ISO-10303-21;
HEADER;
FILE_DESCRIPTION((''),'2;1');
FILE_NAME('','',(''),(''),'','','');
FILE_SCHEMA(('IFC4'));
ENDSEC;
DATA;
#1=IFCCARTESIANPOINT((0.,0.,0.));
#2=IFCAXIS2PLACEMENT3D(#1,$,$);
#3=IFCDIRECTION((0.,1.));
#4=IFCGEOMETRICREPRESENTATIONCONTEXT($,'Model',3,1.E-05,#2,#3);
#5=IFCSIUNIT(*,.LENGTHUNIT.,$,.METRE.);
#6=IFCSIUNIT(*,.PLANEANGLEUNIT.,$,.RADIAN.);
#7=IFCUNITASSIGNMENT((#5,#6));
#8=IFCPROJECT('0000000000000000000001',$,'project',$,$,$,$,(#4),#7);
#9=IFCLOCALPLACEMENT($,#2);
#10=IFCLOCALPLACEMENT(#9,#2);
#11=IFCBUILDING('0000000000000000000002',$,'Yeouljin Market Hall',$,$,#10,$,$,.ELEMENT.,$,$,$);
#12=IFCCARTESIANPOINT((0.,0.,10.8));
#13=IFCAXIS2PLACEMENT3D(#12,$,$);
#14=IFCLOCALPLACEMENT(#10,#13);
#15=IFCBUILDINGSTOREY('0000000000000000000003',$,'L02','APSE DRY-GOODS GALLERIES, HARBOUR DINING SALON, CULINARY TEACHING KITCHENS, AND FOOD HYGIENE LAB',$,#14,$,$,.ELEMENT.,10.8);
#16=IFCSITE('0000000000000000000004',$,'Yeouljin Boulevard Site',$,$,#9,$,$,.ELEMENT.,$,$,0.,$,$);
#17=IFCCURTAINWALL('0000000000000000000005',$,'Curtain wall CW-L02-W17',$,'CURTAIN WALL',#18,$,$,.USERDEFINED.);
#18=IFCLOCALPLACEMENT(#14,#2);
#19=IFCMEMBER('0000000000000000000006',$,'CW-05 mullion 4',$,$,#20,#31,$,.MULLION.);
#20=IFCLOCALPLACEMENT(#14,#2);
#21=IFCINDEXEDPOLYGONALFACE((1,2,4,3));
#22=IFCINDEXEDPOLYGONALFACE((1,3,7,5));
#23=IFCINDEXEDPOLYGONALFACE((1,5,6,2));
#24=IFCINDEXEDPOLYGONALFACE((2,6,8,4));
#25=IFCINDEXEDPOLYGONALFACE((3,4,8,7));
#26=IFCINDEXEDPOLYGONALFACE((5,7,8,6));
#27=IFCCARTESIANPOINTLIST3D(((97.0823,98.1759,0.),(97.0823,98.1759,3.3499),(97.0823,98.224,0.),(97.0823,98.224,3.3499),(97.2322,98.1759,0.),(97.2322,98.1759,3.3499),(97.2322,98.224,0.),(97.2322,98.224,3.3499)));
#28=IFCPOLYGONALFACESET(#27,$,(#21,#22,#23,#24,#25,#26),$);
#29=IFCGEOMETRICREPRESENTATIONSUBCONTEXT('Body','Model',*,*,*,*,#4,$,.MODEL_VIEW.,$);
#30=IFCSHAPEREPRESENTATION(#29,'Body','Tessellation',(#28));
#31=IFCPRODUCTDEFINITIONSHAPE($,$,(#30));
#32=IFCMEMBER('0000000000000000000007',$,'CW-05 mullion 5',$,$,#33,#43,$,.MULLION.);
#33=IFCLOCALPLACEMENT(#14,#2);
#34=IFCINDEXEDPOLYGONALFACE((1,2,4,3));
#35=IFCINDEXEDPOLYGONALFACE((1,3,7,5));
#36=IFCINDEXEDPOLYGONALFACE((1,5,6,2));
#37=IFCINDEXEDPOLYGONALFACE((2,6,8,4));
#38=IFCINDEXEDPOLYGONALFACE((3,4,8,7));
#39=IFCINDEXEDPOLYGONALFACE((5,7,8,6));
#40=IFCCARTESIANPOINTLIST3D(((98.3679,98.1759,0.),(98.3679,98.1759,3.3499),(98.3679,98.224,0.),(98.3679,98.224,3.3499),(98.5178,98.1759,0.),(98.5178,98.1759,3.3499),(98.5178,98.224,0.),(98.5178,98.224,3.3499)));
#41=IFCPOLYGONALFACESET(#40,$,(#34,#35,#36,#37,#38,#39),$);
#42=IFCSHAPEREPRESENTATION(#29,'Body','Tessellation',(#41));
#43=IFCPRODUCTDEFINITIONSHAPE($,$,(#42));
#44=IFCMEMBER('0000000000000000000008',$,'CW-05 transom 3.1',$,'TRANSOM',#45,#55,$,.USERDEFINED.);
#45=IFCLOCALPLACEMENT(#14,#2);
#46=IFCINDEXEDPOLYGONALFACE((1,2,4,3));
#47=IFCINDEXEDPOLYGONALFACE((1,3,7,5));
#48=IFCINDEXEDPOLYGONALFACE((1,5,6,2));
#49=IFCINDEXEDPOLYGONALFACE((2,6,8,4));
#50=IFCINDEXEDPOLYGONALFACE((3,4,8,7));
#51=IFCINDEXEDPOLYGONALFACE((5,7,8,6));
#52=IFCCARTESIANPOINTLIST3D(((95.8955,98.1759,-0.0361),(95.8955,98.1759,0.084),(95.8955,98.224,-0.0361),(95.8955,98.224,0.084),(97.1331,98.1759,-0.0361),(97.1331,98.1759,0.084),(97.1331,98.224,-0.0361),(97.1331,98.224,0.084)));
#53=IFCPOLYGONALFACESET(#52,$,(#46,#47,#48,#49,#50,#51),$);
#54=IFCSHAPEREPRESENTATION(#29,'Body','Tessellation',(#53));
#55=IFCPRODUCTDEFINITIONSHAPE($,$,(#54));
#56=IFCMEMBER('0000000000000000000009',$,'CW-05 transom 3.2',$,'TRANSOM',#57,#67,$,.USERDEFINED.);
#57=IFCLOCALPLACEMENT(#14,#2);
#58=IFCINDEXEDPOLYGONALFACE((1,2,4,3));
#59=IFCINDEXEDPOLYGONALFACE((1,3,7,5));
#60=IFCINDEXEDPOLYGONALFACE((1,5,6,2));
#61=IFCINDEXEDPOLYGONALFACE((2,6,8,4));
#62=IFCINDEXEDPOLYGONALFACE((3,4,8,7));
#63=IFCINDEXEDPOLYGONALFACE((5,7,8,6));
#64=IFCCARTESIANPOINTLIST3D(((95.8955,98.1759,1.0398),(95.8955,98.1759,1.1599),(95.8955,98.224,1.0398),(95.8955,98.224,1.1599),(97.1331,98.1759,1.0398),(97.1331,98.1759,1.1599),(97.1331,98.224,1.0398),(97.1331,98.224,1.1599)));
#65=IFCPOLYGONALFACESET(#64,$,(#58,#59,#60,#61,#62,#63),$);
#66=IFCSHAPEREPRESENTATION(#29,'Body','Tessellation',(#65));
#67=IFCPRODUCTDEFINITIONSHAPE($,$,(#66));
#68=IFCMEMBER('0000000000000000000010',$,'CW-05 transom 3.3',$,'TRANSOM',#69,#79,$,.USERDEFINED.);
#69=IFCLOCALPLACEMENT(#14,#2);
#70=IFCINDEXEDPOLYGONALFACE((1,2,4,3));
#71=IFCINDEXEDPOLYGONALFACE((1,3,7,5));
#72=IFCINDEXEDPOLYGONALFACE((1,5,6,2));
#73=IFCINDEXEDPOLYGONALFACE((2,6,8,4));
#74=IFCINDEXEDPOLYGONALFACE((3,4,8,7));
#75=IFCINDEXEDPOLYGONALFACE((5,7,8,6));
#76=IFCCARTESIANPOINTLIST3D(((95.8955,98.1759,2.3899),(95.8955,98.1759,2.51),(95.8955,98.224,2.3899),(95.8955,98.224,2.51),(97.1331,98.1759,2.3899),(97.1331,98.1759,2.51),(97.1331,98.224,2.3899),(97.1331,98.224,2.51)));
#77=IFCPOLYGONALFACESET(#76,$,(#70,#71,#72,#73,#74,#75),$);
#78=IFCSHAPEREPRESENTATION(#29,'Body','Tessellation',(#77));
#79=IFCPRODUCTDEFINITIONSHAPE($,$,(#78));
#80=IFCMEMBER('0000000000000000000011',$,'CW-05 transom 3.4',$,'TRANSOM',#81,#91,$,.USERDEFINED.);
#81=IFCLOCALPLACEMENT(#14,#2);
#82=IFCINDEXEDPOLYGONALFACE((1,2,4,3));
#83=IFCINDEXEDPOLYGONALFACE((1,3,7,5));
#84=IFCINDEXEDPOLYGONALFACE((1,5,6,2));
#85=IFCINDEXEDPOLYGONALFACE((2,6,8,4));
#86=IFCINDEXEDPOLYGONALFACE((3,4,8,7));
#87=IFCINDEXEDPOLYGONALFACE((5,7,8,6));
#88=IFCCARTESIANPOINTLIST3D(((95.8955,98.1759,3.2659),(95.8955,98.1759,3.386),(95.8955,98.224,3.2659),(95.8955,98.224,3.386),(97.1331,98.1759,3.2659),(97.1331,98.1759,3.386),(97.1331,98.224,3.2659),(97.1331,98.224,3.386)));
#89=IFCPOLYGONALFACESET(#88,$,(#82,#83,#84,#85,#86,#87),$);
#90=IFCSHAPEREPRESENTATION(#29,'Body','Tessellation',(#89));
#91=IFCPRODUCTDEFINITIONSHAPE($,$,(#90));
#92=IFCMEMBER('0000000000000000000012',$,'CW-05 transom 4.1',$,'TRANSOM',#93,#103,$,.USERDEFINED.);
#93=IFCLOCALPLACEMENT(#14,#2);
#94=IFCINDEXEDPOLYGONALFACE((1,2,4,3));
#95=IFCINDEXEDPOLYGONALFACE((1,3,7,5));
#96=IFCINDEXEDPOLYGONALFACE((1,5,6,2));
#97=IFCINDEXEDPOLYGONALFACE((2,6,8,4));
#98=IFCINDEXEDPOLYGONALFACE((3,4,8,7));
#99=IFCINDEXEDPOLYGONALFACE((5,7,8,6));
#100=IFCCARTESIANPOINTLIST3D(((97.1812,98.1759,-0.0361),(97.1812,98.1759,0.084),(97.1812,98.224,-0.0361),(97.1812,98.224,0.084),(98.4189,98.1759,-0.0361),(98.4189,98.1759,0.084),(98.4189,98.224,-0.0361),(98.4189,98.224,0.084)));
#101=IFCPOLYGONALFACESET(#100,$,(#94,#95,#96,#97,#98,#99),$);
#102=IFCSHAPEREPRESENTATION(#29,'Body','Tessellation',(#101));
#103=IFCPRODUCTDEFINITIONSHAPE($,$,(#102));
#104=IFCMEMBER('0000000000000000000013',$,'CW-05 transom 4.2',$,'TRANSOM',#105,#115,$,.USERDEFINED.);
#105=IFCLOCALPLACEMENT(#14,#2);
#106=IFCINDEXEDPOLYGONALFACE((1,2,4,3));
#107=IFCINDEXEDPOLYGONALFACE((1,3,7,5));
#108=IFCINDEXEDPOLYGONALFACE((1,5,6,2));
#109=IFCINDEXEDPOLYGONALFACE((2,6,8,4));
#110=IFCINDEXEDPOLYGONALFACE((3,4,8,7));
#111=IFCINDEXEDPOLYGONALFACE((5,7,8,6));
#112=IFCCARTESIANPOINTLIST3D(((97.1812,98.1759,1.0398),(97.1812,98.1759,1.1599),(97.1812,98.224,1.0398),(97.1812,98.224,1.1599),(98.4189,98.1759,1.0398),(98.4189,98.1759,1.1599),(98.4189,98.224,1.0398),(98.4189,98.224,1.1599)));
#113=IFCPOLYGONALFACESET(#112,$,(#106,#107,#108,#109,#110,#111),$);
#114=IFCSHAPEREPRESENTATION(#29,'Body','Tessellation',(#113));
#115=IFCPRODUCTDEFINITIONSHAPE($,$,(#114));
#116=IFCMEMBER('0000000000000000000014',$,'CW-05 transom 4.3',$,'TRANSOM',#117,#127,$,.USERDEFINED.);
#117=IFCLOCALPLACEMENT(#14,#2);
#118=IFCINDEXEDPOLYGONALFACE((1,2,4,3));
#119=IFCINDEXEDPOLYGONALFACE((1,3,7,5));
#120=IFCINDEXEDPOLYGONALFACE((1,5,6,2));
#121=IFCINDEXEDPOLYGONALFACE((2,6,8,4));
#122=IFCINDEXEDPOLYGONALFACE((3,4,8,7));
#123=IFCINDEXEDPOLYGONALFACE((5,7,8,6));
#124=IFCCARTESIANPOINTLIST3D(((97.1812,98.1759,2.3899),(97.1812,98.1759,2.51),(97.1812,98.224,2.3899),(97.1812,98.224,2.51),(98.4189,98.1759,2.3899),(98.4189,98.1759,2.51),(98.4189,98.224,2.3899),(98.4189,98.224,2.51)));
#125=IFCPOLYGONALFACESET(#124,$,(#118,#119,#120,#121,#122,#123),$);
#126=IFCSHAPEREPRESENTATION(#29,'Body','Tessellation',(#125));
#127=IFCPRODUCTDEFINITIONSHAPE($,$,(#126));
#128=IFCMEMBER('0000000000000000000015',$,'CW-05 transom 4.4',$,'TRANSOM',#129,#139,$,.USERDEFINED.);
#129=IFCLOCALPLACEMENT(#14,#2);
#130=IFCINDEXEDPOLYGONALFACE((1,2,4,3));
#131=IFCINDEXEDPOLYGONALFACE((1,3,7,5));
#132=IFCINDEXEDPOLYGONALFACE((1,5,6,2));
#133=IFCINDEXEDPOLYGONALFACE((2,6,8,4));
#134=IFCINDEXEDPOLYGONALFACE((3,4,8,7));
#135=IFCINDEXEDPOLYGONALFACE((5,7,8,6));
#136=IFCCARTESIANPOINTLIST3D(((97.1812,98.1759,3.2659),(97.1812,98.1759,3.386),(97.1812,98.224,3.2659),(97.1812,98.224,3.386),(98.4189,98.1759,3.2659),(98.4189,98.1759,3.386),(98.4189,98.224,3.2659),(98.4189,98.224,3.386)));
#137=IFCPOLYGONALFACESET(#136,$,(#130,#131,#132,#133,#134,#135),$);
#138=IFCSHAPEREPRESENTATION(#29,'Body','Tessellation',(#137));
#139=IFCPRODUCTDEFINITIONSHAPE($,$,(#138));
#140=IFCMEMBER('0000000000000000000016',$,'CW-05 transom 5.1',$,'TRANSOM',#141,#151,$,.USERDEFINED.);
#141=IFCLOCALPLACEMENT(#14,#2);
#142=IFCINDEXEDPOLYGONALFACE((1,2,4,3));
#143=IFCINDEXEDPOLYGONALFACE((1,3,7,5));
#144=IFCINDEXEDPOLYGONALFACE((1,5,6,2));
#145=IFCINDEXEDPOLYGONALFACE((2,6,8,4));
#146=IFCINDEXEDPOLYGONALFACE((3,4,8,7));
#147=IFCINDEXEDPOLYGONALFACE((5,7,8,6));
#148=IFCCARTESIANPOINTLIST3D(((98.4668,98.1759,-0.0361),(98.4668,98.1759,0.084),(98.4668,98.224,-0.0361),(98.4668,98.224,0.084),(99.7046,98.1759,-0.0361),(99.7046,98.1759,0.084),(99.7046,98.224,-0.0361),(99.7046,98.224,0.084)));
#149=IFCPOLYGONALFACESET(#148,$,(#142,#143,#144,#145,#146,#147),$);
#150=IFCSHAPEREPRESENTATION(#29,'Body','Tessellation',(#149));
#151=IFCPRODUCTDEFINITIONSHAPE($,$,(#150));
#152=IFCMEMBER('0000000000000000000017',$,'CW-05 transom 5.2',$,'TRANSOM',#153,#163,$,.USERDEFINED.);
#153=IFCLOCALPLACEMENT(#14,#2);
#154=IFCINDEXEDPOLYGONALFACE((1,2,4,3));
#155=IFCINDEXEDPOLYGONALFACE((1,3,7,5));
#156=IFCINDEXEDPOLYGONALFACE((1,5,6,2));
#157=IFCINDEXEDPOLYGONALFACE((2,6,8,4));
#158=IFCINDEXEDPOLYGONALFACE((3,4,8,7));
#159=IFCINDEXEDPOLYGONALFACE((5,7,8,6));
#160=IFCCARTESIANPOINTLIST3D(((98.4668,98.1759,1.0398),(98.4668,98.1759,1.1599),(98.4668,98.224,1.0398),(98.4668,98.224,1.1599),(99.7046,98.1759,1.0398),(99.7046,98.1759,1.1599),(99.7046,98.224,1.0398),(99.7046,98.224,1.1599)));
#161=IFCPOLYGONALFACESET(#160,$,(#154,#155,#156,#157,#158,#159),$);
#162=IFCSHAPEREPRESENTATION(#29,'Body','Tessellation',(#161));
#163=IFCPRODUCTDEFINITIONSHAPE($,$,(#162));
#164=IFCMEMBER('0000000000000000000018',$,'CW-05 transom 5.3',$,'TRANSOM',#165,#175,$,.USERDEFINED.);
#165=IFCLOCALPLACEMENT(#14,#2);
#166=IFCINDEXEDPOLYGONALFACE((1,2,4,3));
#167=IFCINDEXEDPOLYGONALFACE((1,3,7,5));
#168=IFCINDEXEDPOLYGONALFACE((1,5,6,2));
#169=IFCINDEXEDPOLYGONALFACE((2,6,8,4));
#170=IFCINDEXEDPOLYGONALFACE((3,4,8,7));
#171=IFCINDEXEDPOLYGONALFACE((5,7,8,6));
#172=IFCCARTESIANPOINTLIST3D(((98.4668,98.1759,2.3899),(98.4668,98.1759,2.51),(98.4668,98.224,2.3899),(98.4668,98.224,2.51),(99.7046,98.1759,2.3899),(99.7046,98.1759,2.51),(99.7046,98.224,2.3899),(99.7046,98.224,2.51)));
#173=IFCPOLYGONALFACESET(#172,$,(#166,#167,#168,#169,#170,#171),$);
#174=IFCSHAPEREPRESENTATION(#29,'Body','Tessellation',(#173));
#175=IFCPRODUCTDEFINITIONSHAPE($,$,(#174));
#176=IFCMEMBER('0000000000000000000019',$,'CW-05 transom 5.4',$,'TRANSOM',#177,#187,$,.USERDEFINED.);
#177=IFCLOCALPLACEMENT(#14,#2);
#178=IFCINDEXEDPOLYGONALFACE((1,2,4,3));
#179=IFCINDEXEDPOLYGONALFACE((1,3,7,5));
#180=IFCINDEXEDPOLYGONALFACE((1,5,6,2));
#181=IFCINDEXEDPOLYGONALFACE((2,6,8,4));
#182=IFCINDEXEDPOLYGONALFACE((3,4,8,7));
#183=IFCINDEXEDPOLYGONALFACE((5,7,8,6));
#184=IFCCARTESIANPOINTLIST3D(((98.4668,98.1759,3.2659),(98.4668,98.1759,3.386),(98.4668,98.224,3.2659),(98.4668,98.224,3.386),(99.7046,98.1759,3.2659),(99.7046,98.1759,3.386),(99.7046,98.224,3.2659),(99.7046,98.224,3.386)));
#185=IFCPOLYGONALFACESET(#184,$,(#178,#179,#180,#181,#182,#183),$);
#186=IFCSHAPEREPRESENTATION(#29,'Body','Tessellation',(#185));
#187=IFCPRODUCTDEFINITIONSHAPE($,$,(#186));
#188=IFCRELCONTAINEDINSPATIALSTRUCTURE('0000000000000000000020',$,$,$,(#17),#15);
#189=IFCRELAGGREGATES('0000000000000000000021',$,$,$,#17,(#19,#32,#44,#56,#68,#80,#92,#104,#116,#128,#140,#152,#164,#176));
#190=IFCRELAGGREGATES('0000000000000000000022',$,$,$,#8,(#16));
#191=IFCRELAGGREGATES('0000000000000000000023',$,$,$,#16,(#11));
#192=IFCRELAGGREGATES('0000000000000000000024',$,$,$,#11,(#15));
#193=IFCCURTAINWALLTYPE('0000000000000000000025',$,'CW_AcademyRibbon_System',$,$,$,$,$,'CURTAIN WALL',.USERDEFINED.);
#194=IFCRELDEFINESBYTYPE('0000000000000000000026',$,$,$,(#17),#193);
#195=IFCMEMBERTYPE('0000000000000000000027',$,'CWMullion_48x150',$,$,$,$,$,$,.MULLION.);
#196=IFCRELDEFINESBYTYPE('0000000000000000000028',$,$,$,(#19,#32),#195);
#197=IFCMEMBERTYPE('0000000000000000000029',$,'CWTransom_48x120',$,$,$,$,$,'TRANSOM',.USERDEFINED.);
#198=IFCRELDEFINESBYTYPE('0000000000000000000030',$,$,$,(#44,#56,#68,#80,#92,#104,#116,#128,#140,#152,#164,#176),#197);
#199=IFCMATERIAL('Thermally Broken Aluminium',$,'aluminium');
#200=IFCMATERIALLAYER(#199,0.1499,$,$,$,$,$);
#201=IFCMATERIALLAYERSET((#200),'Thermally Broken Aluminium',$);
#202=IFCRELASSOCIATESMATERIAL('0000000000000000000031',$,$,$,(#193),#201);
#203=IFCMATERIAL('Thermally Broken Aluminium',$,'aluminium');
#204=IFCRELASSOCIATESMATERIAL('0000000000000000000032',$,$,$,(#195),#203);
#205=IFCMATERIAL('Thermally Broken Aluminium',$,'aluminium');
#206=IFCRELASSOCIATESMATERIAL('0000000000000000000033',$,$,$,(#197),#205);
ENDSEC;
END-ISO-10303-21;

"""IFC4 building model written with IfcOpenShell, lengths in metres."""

from ifc_helpers import new_model, si_unit, direction, frame, origin, origin_2d, place, context, subcontext, project, spatial, rectangle, extrude, material, layer, layer_set, material_profile, profile_set, type_object, element, aggregate, save


model = new_model("IFC4")

# Units and contexts
model_context = context("Model", 3, precision=1e-05, world=origin(), true_north=direction((0.0, 1.0)))
body_context = subcontext(model_context, "Body", "Model", "MODEL_VIEW")
ifc_project = project(units=[si_unit("LENGTHUNIT", "METRE"), si_unit("PLANEANGLEUNIT", "RADIAN")], contexts=[model_context])

# Site, building, storey
site_placement = place(None, origin())
site = spatial("IfcSite", under=ifc_project, at=site_placement, Name="Yeouljin Boulevard Site", CompositionType="ELEMENT", RefElevation=0.0)
building_placement = place(site_placement, origin())
building = spatial("IfcBuilding", under=site, at=building_placement, Name="Yeouljin Market Hall", CompositionType="ELEMENT")
storey_placement = place(building_placement, frame((0.0, 0.0, 10.8)))
storey = spatial("IfcBuildingStorey", under=building, at=storey_placement, Name="L02", Description="APSE DRY-GOODS GALLERIES, HARBOUR DINING SALON, CULINARY TEACHING KITCHENS, AND FOOD HYGIENE LAB", CompositionType="ELEMENT", Elevation=10.8)

# Curtain wall, members
ifc_material_1 = material(Name="Thermally Broken Aluminium", Category="aluminium")
ifc_layer_1 = layer(ifc_material_1, 0.1499)
ifc_layer_set_1 = layer_set([ifc_layer_1], Name="Thermally Broken Aluminium")
curtain_wall_type = type_object("IfcCurtainWallType", Name="CW_AcademyRibbon_System", ElementType="CURTAIN WALL", PredefinedType="USERDEFINED", material=ifc_layer_set_1)
curtain_wall_placement = place(storey_placement, origin())
curtain_wall = element("IfcCurtainWall", 1, at=curtain_wall_placement, inside=storey, type_object=curtain_wall_type, Name="Curtain wall CW-L02-W17", ObjectType="CURTAIN WALL", PredefinedType="USERDEFINED")
ifc_material_2 = material(Name="Thermally Broken Aluminium", Category="aluminium")
ifc_material_profile_1 = material_profile(ifc_material_2, rectangle(XDim=0.0481, YDim=0.1499, at=origin_2d()), Name="CW-MULL-48x150")
ifc_profile_set_1 = profile_set([ifc_material_profile_1], Name="Thermally Broken Aluminium")
member_type_1 = type_object("IfcMemberType", Name="CWMullion_48x150", PredefinedType="MULLION", material=ifc_profile_set_1)
member_1_placement = place(storey_placement, frame((97.1572, 98.2, 0.0), z_axis=(0.0, 0.0, 1.0), x_axis=(0.0, 1.0, 0.0)))
member_1 = element("IfcMember", 2, at=member_1_placement, type_object=member_type_1, Name="CW-05 mullion 4", PredefinedType="MULLION", context=body_context, shape_type="SweptSolid", body=[
    extrude(rectangle(XDim=0.0481, YDim=0.1499, at=origin_2d()), origin(), (0.0, 0.0, 1.0), 3.3499),
])
member_2_placement = place(storey_placement, frame((98.4429, 98.2, 0.0), z_axis=(0.0, 0.0, 1.0), x_axis=(0.0, 1.0, 0.0)))
member_2 = element("IfcMember", 3, at=member_2_placement, type_object=member_type_1, Name="CW-05 mullion 5", PredefinedType="MULLION", context=body_context, shape_type="SweptSolid", body=[
    extrude(rectangle(XDim=0.0481, YDim=0.1499, at=origin_2d()), origin(), (0.0, 0.0, 1.0), 3.3499),
])
ifc_material_3 = material(Name="Thermally Broken Aluminium", Category="aluminium")
ifc_material_profile_2 = material_profile(ifc_material_3, rectangle(XDim=0.0481, YDim=0.1201, at=origin_2d()), Name="CW-TRAN-48x120")
ifc_profile_set_2 = profile_set([ifc_material_profile_2], Name="Thermally Broken Aluminium")
member_type_2 = type_object("IfcMemberType", Name="CWTransom_48x120", ElementType="TRANSOM", PredefinedType="USERDEFINED", material=ifc_profile_set_2)
member_3_placement = place(storey_placement, frame((95.8955, 98.2, 0.0239), z_axis=(1.0, 0.0, 0.0), x_axis=(0.0, 1.0, 0.0)))
member_3 = element("IfcMember", 4, at=member_3_placement, type_object=member_type_2, Name="CW-05 transom 3.1", ObjectType="TRANSOM", PredefinedType="USERDEFINED", context=body_context, shape_type="SweptSolid", body=[
    extrude(rectangle(XDim=0.0481, YDim=0.1201, at=origin_2d()), origin(), (0.0, 0.0, 1.0), 1.2375),
])
member_4_placement = place(storey_placement, frame((95.8955, 98.2, 1.0999), z_axis=(1.0, 0.0, 0.0), x_axis=(0.0, 1.0, 0.0)))
member_4 = element("IfcMember", 5, at=member_4_placement, type_object=member_type_2, Name="CW-05 transom 3.2", ObjectType="TRANSOM", PredefinedType="USERDEFINED", context=body_context, shape_type="SweptSolid", body=[
    extrude(rectangle(XDim=0.0481, YDim=0.1201, at=origin_2d()), origin(), (0.0, 0.0, 1.0), 1.2375),
])
member_5_placement = place(storey_placement, frame((95.8955, 98.2, 2.45), z_axis=(1.0, 0.0, 0.0), x_axis=(0.0, 1.0, 0.0)))
member_5 = element("IfcMember", 6, at=member_5_placement, type_object=member_type_2, Name="CW-05 transom 3.3", ObjectType="TRANSOM", PredefinedType="USERDEFINED", context=body_context, shape_type="SweptSolid", body=[
    extrude(rectangle(XDim=0.0481, YDim=0.1201, at=origin_2d()), origin(), (0.0, 0.0, 1.0), 1.2375),
])
member_6_placement = place(storey_placement, frame((95.8955, 98.2, 3.3259), z_axis=(1.0, 0.0, 0.0), x_axis=(0.0, 1.0, 0.0)))
member_6 = element("IfcMember", 7, at=member_6_placement, type_object=member_type_2, Name="CW-05 transom 3.4", ObjectType="TRANSOM", PredefinedType="USERDEFINED", context=body_context, shape_type="SweptSolid", body=[
    extrude(rectangle(XDim=0.0481, YDim=0.1201, at=origin_2d()), origin(), (0.0, 0.0, 1.0), 1.2375),
])
member_7_placement = place(storey_placement, frame((97.1812, 98.2, 0.0239), z_axis=(1.0, 0.0, 0.0), x_axis=(0.0, 1.0, 0.0)))
member_7 = element("IfcMember", 8, at=member_7_placement, type_object=member_type_2, Name="CW-05 transom 4.1", ObjectType="TRANSOM", PredefinedType="USERDEFINED", context=body_context, shape_type="SweptSolid", body=[
    extrude(rectangle(XDim=0.0481, YDim=0.1201, at=origin_2d()), origin(), (0.0, 0.0, 1.0), 1.2378),
])
member_8_placement = place(storey_placement, frame((97.1812, 98.2, 1.0999), z_axis=(1.0, 0.0, 0.0), x_axis=(0.0, 1.0, 0.0)))
member_8 = element("IfcMember", 9, at=member_8_placement, type_object=member_type_2, Name="CW-05 transom 4.2", ObjectType="TRANSOM", PredefinedType="USERDEFINED", context=body_context, shape_type="SweptSolid", body=[
    extrude(rectangle(XDim=0.0481, YDim=0.1201, at=origin_2d()), origin(), (0.0, 0.0, 1.0), 1.2378),
])
member_9_placement = place(storey_placement, frame((97.1812, 98.2, 2.45), z_axis=(1.0, 0.0, 0.0), x_axis=(0.0, 1.0, 0.0)))
member_9 = element("IfcMember", 10, at=member_9_placement, type_object=member_type_2, Name="CW-05 transom 4.3", ObjectType="TRANSOM", PredefinedType="USERDEFINED", context=body_context, shape_type="SweptSolid", body=[
    extrude(rectangle(XDim=0.0481, YDim=0.1201, at=origin_2d()), origin(), (0.0, 0.0, 1.0), 1.2378),
])
member_10_placement = place(storey_placement, frame((97.1812, 98.2, 3.3259), z_axis=(1.0, 0.0, 0.0), x_axis=(0.0, 1.0, 0.0)))
member_10 = element("IfcMember", 11, at=member_10_placement, type_object=member_type_2, Name="CW-05 transom 4.4", ObjectType="TRANSOM", PredefinedType="USERDEFINED", context=body_context, shape_type="SweptSolid", body=[
    extrude(rectangle(XDim=0.0481, YDim=0.1201, at=origin_2d()), origin(), (0.0, 0.0, 1.0), 1.2378),
])
member_11_placement = place(storey_placement, frame((98.4668, 98.2, 0.0239), z_axis=(1.0, 0.0, 0.0), x_axis=(0.0, 1.0, 0.0)))
member_11 = element("IfcMember", 12, at=member_11_placement, type_object=member_type_2, Name="CW-05 transom 5.1", ObjectType="TRANSOM", PredefinedType="USERDEFINED", context=body_context, shape_type="SweptSolid", body=[
    extrude(rectangle(XDim=0.0481, YDim=0.1201, at=origin_2d()), origin(), (0.0, 0.0, 1.0), 1.2378),
])
member_12_placement = place(storey_placement, frame((98.4668, 98.2, 1.0999), z_axis=(1.0, 0.0, 0.0), x_axis=(0.0, 1.0, 0.0)))
member_12 = element("IfcMember", 13, at=member_12_placement, type_object=member_type_2, Name="CW-05 transom 5.2", ObjectType="TRANSOM", PredefinedType="USERDEFINED", context=body_context, shape_type="SweptSolid", body=[
    extrude(rectangle(XDim=0.0481, YDim=0.1201, at=origin_2d()), origin(), (0.0, 0.0, 1.0), 1.2378),
])
member_13_placement = place(storey_placement, frame((98.4668, 98.2, 2.45), z_axis=(1.0, 0.0, 0.0), x_axis=(0.0, 1.0, 0.0)))
member_13 = element("IfcMember", 14, at=member_13_placement, type_object=member_type_2, Name="CW-05 transom 5.3", ObjectType="TRANSOM", PredefinedType="USERDEFINED", context=body_context, shape_type="SweptSolid", body=[
    extrude(rectangle(XDim=0.0481, YDim=0.1201, at=origin_2d()), origin(), (0.0, 0.0, 1.0), 1.2378),
])
member_14_placement = place(storey_placement, frame((98.4668, 98.2, 3.3259), z_axis=(1.0, 0.0, 0.0), x_axis=(0.0, 1.0, 0.0)))
member_14 = element("IfcMember", 15, at=member_14_placement, type_object=member_type_2, Name="CW-05 transom 5.4", ObjectType="TRANSOM", PredefinedType="USERDEFINED", context=body_context, shape_type="SweptSolid", body=[
    extrude(rectangle(XDim=0.0481, YDim=0.1201, at=origin_2d()), origin(), (0.0, 0.0, 1.0), 1.2378),
])

aggregate(curtain_wall, [member_1, member_2, member_3, member_4, member_5, member_6, member_7, member_8, member_9, member_10, member_11, member_12, member_13, member_14])

save(model, "model.ifc")
